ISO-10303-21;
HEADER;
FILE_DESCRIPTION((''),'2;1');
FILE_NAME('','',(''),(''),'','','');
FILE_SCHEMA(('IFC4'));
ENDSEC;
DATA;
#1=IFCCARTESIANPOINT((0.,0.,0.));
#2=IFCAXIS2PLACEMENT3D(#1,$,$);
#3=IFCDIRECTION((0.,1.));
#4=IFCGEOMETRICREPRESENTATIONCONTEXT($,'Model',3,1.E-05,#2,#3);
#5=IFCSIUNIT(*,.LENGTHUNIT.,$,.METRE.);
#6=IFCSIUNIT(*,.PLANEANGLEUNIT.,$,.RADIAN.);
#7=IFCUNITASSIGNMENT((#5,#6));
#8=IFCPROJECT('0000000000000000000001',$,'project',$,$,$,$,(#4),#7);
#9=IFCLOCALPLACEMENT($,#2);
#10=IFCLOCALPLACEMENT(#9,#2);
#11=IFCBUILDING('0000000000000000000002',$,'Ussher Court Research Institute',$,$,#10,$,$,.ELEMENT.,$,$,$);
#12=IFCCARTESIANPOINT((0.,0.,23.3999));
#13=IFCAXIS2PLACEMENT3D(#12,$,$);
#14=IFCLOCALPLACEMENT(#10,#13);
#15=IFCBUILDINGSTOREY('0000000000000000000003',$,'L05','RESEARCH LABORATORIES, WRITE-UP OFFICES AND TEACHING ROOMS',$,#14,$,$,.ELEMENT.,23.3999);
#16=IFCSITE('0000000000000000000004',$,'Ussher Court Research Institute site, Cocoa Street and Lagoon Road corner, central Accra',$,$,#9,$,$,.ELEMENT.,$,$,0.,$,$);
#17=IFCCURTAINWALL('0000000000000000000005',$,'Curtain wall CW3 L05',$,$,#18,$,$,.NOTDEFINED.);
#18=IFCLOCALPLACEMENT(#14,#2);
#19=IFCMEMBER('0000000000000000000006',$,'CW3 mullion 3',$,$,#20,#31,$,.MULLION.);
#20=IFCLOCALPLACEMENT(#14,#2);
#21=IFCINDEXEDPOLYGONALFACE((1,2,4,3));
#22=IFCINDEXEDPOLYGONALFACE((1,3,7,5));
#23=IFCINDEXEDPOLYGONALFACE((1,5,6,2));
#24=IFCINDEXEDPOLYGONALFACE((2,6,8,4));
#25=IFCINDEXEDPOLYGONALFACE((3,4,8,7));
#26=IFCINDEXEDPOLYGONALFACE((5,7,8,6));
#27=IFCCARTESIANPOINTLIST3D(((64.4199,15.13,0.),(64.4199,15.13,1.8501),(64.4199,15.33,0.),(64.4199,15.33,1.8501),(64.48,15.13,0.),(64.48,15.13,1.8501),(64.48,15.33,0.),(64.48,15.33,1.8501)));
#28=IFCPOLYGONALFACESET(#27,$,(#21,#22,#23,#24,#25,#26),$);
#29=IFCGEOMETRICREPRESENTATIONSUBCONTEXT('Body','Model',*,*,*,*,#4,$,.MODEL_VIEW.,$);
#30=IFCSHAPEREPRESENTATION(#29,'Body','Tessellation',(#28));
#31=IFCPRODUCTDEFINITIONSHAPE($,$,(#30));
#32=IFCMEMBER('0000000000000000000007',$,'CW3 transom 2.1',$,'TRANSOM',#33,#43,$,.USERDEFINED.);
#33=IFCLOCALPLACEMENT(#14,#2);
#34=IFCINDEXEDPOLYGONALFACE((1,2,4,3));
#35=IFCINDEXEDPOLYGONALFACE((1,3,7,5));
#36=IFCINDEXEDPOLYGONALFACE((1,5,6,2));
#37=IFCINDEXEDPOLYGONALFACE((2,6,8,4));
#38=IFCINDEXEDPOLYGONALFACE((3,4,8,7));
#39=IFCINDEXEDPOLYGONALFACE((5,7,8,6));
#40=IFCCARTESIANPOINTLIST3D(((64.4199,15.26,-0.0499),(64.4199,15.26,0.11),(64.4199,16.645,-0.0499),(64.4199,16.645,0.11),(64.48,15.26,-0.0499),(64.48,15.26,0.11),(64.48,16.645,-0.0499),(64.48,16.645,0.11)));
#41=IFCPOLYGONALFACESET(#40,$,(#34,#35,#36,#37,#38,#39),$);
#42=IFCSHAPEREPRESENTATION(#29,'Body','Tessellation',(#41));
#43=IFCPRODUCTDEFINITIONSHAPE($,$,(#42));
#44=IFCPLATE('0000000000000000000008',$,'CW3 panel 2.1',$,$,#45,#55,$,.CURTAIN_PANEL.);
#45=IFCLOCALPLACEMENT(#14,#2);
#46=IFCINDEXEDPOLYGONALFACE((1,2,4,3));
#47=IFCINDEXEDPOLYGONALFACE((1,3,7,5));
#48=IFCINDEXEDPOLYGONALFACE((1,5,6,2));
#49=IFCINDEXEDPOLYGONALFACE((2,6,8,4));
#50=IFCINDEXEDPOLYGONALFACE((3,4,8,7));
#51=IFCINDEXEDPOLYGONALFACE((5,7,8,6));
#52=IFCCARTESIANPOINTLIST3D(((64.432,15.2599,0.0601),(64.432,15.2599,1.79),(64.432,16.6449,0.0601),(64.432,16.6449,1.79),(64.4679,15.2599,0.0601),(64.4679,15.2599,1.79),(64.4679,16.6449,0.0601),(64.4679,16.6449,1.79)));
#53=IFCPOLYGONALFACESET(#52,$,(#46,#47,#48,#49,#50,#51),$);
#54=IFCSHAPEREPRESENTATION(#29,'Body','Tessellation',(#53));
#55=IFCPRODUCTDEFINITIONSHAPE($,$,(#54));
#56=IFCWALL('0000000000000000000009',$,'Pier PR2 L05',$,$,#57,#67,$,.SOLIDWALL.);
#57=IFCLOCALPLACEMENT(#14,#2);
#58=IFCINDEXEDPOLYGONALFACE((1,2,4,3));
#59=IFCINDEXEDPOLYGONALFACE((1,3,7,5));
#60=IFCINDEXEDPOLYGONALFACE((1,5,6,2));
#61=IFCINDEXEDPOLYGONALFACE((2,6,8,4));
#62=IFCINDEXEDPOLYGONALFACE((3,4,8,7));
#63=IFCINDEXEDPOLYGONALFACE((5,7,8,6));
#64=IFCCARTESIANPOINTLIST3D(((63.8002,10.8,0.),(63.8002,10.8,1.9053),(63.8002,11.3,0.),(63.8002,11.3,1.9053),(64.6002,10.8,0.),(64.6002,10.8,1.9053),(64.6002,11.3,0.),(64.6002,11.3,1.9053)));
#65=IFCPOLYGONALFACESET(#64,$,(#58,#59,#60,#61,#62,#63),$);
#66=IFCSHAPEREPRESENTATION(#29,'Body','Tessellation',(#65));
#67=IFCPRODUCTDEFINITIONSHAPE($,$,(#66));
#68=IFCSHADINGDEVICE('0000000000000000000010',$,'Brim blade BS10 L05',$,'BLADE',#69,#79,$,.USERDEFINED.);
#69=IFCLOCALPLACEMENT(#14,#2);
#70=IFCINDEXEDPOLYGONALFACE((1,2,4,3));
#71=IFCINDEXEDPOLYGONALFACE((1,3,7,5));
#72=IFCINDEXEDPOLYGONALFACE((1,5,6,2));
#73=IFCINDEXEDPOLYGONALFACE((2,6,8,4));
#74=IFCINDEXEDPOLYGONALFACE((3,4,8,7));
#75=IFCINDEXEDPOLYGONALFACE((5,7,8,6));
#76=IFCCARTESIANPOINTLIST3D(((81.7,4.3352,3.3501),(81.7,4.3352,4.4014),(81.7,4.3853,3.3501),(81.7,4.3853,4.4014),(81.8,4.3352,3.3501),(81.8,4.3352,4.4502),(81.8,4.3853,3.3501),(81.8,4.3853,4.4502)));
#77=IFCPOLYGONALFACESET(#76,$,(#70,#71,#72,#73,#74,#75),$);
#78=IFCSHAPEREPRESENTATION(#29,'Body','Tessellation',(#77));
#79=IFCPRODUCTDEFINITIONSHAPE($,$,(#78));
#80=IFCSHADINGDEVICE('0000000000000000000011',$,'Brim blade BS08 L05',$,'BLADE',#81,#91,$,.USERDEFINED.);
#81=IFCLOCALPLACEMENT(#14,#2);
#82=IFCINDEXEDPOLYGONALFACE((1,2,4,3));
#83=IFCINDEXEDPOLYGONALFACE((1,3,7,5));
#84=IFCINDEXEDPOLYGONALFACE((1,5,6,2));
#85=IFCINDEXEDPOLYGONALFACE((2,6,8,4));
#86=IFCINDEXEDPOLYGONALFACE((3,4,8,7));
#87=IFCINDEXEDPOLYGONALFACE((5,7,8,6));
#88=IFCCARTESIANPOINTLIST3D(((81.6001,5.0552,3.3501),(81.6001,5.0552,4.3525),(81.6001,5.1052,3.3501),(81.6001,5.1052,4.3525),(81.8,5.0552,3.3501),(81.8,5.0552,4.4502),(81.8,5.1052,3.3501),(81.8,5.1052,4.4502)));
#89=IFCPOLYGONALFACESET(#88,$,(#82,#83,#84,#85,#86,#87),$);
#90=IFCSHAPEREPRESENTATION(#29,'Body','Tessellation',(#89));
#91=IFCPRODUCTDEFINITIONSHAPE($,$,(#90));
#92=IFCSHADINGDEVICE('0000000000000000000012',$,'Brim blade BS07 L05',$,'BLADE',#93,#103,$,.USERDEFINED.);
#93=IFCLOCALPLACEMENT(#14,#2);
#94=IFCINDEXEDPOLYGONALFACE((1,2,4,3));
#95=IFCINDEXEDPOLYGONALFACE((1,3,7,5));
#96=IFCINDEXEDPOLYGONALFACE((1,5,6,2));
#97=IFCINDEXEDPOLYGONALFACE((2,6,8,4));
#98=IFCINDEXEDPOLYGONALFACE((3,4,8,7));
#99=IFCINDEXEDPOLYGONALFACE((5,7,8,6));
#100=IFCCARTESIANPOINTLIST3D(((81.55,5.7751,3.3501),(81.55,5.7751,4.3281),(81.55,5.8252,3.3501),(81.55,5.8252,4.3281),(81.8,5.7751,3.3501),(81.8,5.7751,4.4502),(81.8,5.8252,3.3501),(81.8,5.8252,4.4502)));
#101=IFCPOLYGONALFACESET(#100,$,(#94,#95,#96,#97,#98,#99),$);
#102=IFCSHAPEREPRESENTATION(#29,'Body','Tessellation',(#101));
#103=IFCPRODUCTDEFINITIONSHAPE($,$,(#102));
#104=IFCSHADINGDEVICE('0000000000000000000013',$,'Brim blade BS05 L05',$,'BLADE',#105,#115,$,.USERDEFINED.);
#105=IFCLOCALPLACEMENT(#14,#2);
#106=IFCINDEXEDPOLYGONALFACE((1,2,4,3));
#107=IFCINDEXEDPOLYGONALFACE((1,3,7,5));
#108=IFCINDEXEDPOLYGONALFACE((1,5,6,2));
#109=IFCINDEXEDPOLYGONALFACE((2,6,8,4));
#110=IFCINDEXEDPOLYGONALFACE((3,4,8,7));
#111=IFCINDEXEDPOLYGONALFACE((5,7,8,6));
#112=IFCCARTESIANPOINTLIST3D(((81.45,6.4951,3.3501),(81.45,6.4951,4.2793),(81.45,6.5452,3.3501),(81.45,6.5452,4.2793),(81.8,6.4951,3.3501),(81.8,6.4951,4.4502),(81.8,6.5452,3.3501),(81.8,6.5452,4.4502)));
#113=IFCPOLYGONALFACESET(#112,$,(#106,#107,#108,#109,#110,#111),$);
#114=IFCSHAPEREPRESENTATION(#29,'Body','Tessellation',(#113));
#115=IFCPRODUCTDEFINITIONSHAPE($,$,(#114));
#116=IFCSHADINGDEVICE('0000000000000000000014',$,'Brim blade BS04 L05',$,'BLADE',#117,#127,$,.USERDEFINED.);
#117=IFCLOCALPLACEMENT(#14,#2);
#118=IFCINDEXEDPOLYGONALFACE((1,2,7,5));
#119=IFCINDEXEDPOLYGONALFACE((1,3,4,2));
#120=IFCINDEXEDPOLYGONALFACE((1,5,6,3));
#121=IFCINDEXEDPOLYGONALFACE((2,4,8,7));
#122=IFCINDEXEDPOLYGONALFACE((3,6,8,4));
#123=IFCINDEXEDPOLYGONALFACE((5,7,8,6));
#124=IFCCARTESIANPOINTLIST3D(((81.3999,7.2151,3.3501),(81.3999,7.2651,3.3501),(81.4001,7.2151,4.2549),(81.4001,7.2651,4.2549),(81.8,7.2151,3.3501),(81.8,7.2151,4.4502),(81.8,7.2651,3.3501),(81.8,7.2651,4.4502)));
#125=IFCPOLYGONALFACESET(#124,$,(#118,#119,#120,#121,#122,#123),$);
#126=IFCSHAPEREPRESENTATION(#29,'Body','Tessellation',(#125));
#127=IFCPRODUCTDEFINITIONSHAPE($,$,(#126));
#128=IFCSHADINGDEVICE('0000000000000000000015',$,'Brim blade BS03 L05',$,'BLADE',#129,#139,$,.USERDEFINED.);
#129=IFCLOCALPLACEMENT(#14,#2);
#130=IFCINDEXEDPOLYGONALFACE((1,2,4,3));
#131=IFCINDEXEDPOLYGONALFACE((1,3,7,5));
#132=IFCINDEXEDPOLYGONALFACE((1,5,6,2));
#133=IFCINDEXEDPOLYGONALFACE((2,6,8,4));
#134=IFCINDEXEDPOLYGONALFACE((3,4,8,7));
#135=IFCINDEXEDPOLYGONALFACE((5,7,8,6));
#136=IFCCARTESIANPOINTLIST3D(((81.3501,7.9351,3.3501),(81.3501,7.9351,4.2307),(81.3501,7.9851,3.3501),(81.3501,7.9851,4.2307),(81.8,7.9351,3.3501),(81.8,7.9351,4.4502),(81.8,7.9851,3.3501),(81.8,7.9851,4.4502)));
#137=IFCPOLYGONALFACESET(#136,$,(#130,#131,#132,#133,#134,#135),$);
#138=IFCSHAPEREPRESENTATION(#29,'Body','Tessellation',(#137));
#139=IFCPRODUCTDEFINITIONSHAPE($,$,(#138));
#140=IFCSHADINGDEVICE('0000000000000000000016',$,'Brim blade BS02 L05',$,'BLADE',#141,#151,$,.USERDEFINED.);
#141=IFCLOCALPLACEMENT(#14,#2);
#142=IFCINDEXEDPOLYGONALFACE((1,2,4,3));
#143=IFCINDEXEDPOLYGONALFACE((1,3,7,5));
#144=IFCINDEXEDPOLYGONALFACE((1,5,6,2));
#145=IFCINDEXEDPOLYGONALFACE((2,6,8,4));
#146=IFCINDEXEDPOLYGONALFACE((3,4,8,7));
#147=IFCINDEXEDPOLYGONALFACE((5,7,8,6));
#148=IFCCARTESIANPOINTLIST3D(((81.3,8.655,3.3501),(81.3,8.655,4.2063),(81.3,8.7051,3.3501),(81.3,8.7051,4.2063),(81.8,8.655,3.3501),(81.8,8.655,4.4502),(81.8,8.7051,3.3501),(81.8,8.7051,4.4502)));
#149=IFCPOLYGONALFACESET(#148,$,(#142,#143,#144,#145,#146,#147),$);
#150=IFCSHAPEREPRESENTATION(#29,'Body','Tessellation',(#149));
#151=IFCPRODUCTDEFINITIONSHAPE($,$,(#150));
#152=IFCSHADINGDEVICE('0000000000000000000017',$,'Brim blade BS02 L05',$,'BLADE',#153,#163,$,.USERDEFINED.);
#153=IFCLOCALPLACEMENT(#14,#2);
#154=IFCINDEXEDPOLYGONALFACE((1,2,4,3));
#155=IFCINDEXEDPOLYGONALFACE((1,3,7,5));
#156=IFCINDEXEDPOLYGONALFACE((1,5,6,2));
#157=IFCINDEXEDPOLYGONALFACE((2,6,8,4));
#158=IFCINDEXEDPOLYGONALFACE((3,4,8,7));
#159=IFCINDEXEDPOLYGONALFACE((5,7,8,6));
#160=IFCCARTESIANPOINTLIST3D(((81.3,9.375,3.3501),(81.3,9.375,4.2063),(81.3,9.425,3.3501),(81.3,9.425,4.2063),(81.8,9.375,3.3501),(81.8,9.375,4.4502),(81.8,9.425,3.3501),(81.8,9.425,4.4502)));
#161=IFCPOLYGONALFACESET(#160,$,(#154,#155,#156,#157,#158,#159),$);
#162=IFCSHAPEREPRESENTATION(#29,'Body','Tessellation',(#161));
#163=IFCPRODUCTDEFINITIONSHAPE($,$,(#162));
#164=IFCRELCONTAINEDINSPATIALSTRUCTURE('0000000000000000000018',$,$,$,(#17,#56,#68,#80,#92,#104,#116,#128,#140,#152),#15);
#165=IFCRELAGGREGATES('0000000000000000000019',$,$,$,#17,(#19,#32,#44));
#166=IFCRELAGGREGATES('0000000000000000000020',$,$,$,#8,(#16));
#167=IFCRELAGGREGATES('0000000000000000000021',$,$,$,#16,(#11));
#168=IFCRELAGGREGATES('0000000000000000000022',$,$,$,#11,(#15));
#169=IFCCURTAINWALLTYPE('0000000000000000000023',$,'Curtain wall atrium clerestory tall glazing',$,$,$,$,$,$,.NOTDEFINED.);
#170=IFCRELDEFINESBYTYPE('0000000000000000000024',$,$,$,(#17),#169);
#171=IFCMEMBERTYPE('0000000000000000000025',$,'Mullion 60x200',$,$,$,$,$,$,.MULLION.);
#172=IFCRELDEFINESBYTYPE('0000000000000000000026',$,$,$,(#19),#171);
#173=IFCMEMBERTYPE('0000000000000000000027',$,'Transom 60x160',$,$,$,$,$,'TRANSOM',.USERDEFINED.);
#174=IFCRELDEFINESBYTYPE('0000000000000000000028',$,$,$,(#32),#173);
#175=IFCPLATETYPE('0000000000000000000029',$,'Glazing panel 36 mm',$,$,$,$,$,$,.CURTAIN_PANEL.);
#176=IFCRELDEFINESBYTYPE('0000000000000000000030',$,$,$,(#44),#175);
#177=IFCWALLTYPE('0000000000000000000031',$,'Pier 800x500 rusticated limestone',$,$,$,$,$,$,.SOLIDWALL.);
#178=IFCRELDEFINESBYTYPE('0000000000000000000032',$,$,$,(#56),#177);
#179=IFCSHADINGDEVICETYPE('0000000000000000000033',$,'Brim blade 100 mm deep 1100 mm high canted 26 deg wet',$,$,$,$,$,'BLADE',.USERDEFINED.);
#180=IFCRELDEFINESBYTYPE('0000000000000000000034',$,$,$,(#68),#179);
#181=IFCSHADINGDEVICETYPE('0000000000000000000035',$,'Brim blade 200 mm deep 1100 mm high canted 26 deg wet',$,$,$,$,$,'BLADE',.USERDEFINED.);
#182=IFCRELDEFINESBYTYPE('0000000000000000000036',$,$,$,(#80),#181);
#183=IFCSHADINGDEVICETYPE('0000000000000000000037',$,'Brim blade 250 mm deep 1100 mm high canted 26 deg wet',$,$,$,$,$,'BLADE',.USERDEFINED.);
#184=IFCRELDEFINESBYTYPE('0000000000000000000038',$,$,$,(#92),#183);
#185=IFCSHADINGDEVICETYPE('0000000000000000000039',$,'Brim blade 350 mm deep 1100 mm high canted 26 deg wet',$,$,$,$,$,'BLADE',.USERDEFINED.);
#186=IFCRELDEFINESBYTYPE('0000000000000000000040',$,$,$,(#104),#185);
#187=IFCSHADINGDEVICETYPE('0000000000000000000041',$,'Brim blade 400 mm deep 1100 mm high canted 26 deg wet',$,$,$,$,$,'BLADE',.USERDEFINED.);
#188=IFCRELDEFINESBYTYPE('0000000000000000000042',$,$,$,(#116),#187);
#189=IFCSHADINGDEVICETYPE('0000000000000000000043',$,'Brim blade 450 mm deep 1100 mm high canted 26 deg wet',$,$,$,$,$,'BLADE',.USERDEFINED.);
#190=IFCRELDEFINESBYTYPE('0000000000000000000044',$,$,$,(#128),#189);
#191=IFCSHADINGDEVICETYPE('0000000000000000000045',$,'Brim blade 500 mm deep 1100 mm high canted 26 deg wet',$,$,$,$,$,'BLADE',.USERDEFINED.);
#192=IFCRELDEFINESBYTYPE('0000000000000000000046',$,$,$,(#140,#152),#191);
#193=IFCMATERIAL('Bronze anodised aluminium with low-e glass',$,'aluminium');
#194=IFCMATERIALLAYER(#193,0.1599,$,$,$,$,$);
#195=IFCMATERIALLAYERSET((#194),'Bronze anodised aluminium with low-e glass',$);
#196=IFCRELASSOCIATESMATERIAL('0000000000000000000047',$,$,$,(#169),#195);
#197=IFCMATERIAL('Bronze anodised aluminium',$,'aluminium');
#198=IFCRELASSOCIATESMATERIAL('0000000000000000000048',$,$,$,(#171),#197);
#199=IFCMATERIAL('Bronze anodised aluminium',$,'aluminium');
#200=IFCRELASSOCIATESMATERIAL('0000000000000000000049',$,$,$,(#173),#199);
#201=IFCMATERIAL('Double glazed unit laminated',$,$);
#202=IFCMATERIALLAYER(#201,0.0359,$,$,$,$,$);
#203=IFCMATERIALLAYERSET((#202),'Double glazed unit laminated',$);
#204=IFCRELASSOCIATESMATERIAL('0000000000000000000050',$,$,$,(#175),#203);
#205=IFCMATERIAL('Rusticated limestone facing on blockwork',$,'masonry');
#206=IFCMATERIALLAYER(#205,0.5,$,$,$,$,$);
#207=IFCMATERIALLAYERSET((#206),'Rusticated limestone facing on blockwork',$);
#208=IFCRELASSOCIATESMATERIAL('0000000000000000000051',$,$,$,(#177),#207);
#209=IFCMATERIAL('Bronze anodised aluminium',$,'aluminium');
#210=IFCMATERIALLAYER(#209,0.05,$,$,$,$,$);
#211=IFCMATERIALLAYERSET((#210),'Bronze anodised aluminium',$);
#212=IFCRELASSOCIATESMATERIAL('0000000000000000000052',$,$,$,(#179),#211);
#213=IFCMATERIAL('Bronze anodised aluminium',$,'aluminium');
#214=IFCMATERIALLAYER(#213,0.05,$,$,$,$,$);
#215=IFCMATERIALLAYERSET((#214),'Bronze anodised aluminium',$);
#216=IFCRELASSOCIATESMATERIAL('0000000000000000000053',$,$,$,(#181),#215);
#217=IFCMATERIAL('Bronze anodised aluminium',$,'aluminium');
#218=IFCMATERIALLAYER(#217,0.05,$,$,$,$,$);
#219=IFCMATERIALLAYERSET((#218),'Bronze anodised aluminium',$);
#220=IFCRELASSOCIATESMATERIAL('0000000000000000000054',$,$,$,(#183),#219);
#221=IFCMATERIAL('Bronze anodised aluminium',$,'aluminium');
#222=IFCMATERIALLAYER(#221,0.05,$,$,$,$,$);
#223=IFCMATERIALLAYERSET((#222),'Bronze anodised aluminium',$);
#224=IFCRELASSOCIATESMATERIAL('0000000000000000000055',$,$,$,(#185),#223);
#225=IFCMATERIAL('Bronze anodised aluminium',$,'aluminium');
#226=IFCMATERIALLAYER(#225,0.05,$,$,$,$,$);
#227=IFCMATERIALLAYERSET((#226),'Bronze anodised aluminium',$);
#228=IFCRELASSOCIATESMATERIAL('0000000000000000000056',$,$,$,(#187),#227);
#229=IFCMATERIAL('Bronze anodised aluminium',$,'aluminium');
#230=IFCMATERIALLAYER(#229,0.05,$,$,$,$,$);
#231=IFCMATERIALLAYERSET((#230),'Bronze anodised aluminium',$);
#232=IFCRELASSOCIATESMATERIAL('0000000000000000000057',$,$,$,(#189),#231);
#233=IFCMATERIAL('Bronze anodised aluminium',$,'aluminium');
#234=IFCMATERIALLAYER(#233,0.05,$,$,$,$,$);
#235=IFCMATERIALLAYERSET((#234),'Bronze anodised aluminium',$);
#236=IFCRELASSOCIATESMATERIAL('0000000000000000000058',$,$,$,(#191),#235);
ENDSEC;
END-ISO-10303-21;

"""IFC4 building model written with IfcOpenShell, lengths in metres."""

from ifc_helpers import new_model, si_unit, direction, frame, frame_2d, origin, origin_2d, place, context, subcontext, project, spatial, polyline, rectangle, outline, extrude, material, layer, layer_set, material_profile, profile_set, type_object, element, aggregate, save


model = new_model("IFC4")

# Units and contexts
model_context = context("Model", 3, precision=1e-05, world=origin(), true_north=direction((0.0, 1.0)))
body_context = subcontext(model_context, "Body", "Model", "MODEL_VIEW")
ifc_project = project(units=[si_unit("LENGTHUNIT", "METRE"), si_unit("PLANEANGLEUNIT", "RADIAN")], contexts=[model_context])

# Site, building, storey
site_placement = place(None, origin())
site = spatial("IfcSite", under=ifc_project, at=site_placement, Name="Ussher Court Research Institute site, Cocoa Street and Lagoon Road corner, central Accra", CompositionType="ELEMENT", RefElevation=0.0)
building_placement = place(site_placement, origin())
building = spatial("IfcBuilding", under=site, at=building_placement, Name="Ussher Court Research Institute", CompositionType="ELEMENT")
storey_placement = place(building_placement, frame((0.0, 0.0, 23.3999)))
storey = spatial("IfcBuildingStorey", under=building, at=storey_placement, Name="L05", Description="RESEARCH LABORATORIES, WRITE-UP OFFICES AND TEACHING ROOMS", CompositionType="ELEMENT", Elevation=23.3999)

# Curtain wall, members, plate
ifc_material_1 = material(Name="Bronze anodised aluminium with low-e glass", Category="aluminium")
ifc_layer_1 = layer(ifc_material_1, 0.1599)
ifc_layer_set_1 = layer_set([ifc_layer_1], Name="Bronze anodised aluminium with low-e glass")
curtain_wall_type = type_object("IfcCurtainWallType", Name="Curtain wall atrium clerestory tall glazing", PredefinedType="NOTDEFINED", material=ifc_layer_set_1)
curtain_wall_placement = place(storey_placement, origin())
curtain_wall = element("IfcCurtainWall", 1, at=curtain_wall_placement, inside=storey, type_object=curtain_wall_type, Name="Curtain wall CW3 L05", PredefinedType="NOTDEFINED")
ifc_material_2 = material(Name="Bronze anodised aluminium", Category="aluminium")
ifc_material_profile_1 = material_profile(ifc_material_2, rectangle(XDim=0.0601, YDim=0.2, at=origin_2d()), Name="Mullion 60x200")
ifc_profile_set_1 = profile_set([ifc_material_profile_1], Name="Bronze anodised aluminium")
member_type_1 = type_object("IfcMemberType", Name="Mullion 60x200", PredefinedType="MULLION", material=ifc_profile_set_1)
member_1_placement = place(storey_placement, frame((64.45, 15.23, 0.0), z_axis=(0.0, 0.0, 1.0), x_axis=(1.0, 0.0, 0.0)))
member_1 = element("IfcMember", 2, at=member_1_placement, type_object=member_type_1, Name="CW3 mullion 3", PredefinedType="MULLION", context=body_context, shape_type="SweptSolid", body=[
    extrude(rectangle(XDim=0.0601, YDim=0.2, at=origin_2d()), origin(), (0.0, 0.0, 1.0), 1.8501),
])
ifc_material_3 = material(Name="Bronze anodised aluminium", Category="aluminium")
ifc_material_profile_2 = material_profile(ifc_material_3, rectangle(XDim=0.0601, YDim=0.1599, at=origin_2d()), Name="Transom 60x160")
ifc_profile_set_2 = profile_set([ifc_material_profile_2], Name="Bronze anodised aluminium")
member_type_2 = type_object("IfcMemberType", Name="Transom 60x160", ElementType="TRANSOM", PredefinedType="USERDEFINED", material=ifc_profile_set_2)
member_2_placement = place(storey_placement, frame((64.45, 16.645, 0.03), z_axis=(0.0, -1.0, 0.0), x_axis=(1.0, 0.0, 0.0)))
member_2 = element("IfcMember", 3, at=member_2_placement, type_object=member_type_2, Name="CW3 transom 2.1", ObjectType="TRANSOM", PredefinedType="USERDEFINED", context=body_context, shape_type="SweptSolid", body=[
    extrude(rectangle(XDim=0.0601, YDim=0.1599, at=origin_2d()), origin(), (0.0, 0.0, 1.0), 1.385),
])
ifc_material_4 = material(Name="Double glazed unit laminated")
ifc_layer_2 = layer(ifc_material_4, 0.0359)
ifc_layer_set_2 = layer_set([ifc_layer_2], Name="Double glazed unit laminated")
plate_type = type_object("IfcPlateType", Name="Glazing panel 36 mm", PredefinedType="CURTAIN_PANEL", material=ifc_layer_set_2)
plate_placement = place(storey_placement, frame((64.45, 15.9524, 0.0601), z_axis=(0.0, 0.0, 1.0), x_axis=(0.0, -1.0, 0.0)))
plate = element("IfcPlate", 4, at=plate_placement, type_object=plate_type, Name="CW3 panel 2.1", PredefinedType="CURTAIN_PANEL", context=body_context, shape_type="SweptSolid", body=[
    extrude(rectangle(XDim=1.385, YDim=0.0359, at=origin_2d()), origin(), (0.0, 0.0, 1.0), 1.73),
])
aggregate(curtain_wall, [member_1, member_2, plate])

# Wall
ifc_material_5 = material(Name="Rusticated limestone facing on blockwork", Category="masonry")
ifc_layer_3 = layer(ifc_material_5, 0.5)
ifc_layer_set_3 = layer_set([ifc_layer_3], Name="Rusticated limestone facing on blockwork")
wall_type = type_object("IfcWallType", Name="Pier 800x500 rusticated limestone", PredefinedType="SOLIDWALL", material=ifc_layer_set_3)
wall_placement = place(storey_placement, frame((64.6001, 11.05, 0.0), z_axis=(0.0, 0.0, 1.0), x_axis=(-1.0, 0.0, 0.0)))
element("IfcWall", 5, at=wall_placement, inside=storey, type_object=wall_type, Name="Pier PR2 L05", PredefinedType="SOLIDWALL", context=body_context, shape_type="SweptSolid", body=[
    extrude(rectangle(XDim=0.8, YDim=0.5, at=frame_2d((0.3999, 0.0))), origin(), (0.0, 0.0, 1.0), 1.9053),
])

# Shading devices
ifc_material_6 = material(Name="Bronze anodised aluminium", Category="aluminium")
ifc_layer_4 = layer(ifc_material_6, 0.05)
ifc_layer_set_4 = layer_set([ifc_layer_4], Name="Bronze anodised aluminium")
shading_device_type_1 = type_object("IfcShadingDeviceType", Name="Brim blade 100 mm deep 1100 mm high canted 26 deg wet", ElementType="BLADE", PredefinedType="USERDEFINED", material=ifc_layer_set_4)
shading_device_1_placement = place(storey_placement, frame((81.8, 4.3601, 3.3501), z_axis=(0.0, 0.0, 1.0), x_axis=(-1.0, 0.0, 0.0)))
element("IfcShadingDevice", 6, at=shading_device_1_placement, inside=storey, type_object=shading_device_type_1, Name="Brim blade BS10 L05", ObjectType="BLADE", PredefinedType="USERDEFINED", context=body_context, shape_type="SweptSolid", body=[
    extrude(outline(polyline([(0.0, 0.0), (0.1001, 0.0), (0.1001, 1.0513), (0.0, 1.1001), (0.0, 0.0)])), frame((0.0, 0.0249, 0.0), z_axis=(0.0, -1.0, 0.0), x_axis=(1.0, 0.0, 0.0)), (0.0, 0.0, 1.0), 0.05),
])
ifc_material_7 = material(Name="Bronze anodised aluminium", Category="aluminium")
ifc_layer_5 = layer(ifc_material_7, 0.05)
ifc_layer_set_5 = layer_set([ifc_layer_5], Name="Bronze anodised aluminium")
shading_device_type_2 = type_object("IfcShadingDeviceType", Name="Brim blade 200 mm deep 1100 mm high canted 26 deg wet", ElementType="BLADE", PredefinedType="USERDEFINED", material=ifc_layer_set_5)
shading_device_2_placement = place(storey_placement, frame((81.8, 5.0801, 3.3501), z_axis=(0.0, 0.0, 1.0), x_axis=(-1.0, 0.0, 0.0)))
element("IfcShadingDevice", 7, at=shading_device_2_placement, inside=storey, type_object=shading_device_type_2, Name="Brim blade BS08 L05", ObjectType="BLADE", PredefinedType="USERDEFINED", context=body_context, shape_type="SweptSolid", body=[
    extrude(outline(polyline([(0.0, 0.0), (0.2, 0.0), (0.2, 1.0024), (0.0, 1.1001), (0.0, 0.0)])), frame((0.0, 0.0249, 0.0), z_axis=(0.0, -1.0, 0.0), x_axis=(1.0, 0.0, 0.0)), (0.0, 0.0, 1.0), 0.05),
])
ifc_material_8 = material(Name="Bronze anodised aluminium", Category="aluminium")
ifc_layer_6 = layer(ifc_material_8, 0.05)
ifc_layer_set_6 = layer_set([ifc_layer_6], Name="Bronze anodised aluminium")
shading_device_type_3 = type_object("IfcShadingDeviceType", Name="Brim blade 250 mm deep 1100 mm high canted 26 deg wet", ElementType="BLADE", PredefinedType="USERDEFINED", material=ifc_layer_set_6)
shading_device_3_placement = place(storey_placement, frame((81.8, 5.8, 3.3501), z_axis=(0.0, 0.0, 1.0), x_axis=(-1.0, 0.0, 0.0)))
element("IfcShadingDevice", 8, at=shading_device_3_placement, inside=storey, type_object=shading_device_type_3, Name="Brim blade BS07 L05", ObjectType="BLADE", PredefinedType="USERDEFINED", context=body_context, shape_type="SweptSolid", body=[
    extrude(outline(polyline([(0.0, 0.0), (0.25, 0.0), (0.25, 0.978), (0.0, 1.1001), (0.0, 0.0)])), frame((0.0, 0.0249, 0.0), z_axis=(0.0, -1.0, 0.0), x_axis=(1.0, 0.0, 0.0)), (0.0, 0.0, 1.0), 0.05),
])
ifc_material_9 = material(Name="Bronze anodised aluminium", Category="aluminium")
ifc_layer_7 = layer(ifc_material_9, 0.05)
ifc_layer_set_7 = layer_set([ifc_layer_7], Name="Bronze anodised aluminium")
shading_device_type_4 = type_object("IfcShadingDeviceType", Name="Brim blade 350 mm deep 1100 mm high canted 26 deg wet", ElementType="BLADE", PredefinedType="USERDEFINED", material=ifc_layer_set_7)
shading_device_4_placement = place(storey_placement, frame((81.8, 6.52, 3.3501), z_axis=(0.0, 0.0, 1.0), x_axis=(-1.0, 0.0, 0.0)))
element("IfcShadingDevice", 9, at=shading_device_4_placement, inside=storey, type_object=shading_device_type_4, Name="Brim blade BS05 L05", ObjectType="BLADE", PredefinedType="USERDEFINED", context=body_context, shape_type="SweptSolid", body=[
    extrude(outline(polyline([(0.0, 0.0), (0.3501, 0.0), (0.3501, 0.9292), (0.0, 1.1001), (0.0, 0.0)])), frame((0.0, 0.0249, 0.0), z_axis=(0.0, -1.0, 0.0), x_axis=(1.0, 0.0, 0.0)), (0.0, 0.0, 1.0), 0.05),
])
ifc_material_10 = material(Name="Bronze anodised aluminium", Category="aluminium")
ifc_layer_8 = layer(ifc_material_10, 0.05)
ifc_layer_set_8 = layer_set([ifc_layer_8], Name="Bronze anodised aluminium")
shading_device_type_5 = type_object("IfcShadingDeviceType", Name="Brim blade 400 mm deep 1100 mm high canted 26 deg wet", ElementType="BLADE", PredefinedType="USERDEFINED", material=ifc_layer_set_8)
shading_device_5_placement = place(storey_placement, frame((81.8, 7.24, 3.3501), z_axis=(0.0, 0.0, 1.0), x_axis=(-1.0, 0.0, 0.0)))
element("IfcShadingDevice", 10, at=shading_device_5_placement, inside=storey, type_object=shading_device_type_5, Name="Brim blade BS04 L05", ObjectType="BLADE", PredefinedType="USERDEFINED", context=body_context, shape_type="SweptSolid", body=[
    extrude(outline(polyline([(0.0, 0.0), (0.4001, 0.0), (0.3999, 0.9048), (0.0, 1.1001), (0.0, 0.0)])), frame((0.0, 0.0249, 0.0), z_axis=(0.0, -1.0, 0.0), x_axis=(1.0, 0.0, 0.0)), (0.0, 0.0, 1.0), 0.05),
])
ifc_material_11 = material(Name="Bronze anodised aluminium", Category="aluminium")
ifc_layer_9 = layer(ifc_material_11, 0.05)
ifc_layer_set_9 = layer_set([ifc_layer_9], Name="Bronze anodised aluminium")
shading_device_type_6 = type_object("IfcShadingDeviceType", Name="Brim blade 450 mm deep 1100 mm high canted 26 deg wet", ElementType="BLADE", PredefinedType="USERDEFINED", material=ifc_layer_set_9)
shading_device_6_placement = place(storey_placement, frame((81.8, 7.96, 3.3501), z_axis=(0.0, 0.0, 1.0), x_axis=(-1.0, 0.0, 0.0)))
element("IfcShadingDevice", 11, at=shading_device_6_placement, inside=storey, type_object=shading_device_type_6, Name="Brim blade BS03 L05", ObjectType="BLADE", PredefinedType="USERDEFINED", context=body_context, shape_type="SweptSolid", body=[
    extrude(outline(polyline([(0.0, 0.0), (0.45, 0.0), (0.45, 0.8806), (0.0, 1.1001), (0.0, 0.0)])), frame((0.0, 0.0249, 0.0), z_axis=(0.0, -1.0, 0.0), x_axis=(1.0, 0.0, 0.0)), (0.0, 0.0, 1.0), 0.05),
])
ifc_material_12 = material(Name="Bronze anodised aluminium", Category="aluminium")
ifc_layer_10 = layer(ifc_material_12, 0.05)
ifc_layer_set_10 = layer_set([ifc_layer_10], Name="Bronze anodised aluminium")
shading_device_type_7 = type_object("IfcShadingDeviceType", Name="Brim blade 500 mm deep 1100 mm high canted 26 deg wet", ElementType="BLADE", PredefinedType="USERDEFINED", material=ifc_layer_set_10)
for number, where, z_axis, x_axis, name in (
    (12, (81.8, 8.6799, 3.3501), (0.0, 0.0, 1.0), (-1.0, 0.0, 0.0), "Brim blade BS02 L05"),
    (13, (81.8, 9.3999, 3.3501), (0.0, 0.0, 1.0), (-1.0, 0.0, 0.0), "Brim blade BS02 L05"),
):
    element("IfcShadingDevice", number, at=place(storey_placement, frame(where, z_axis=z_axis, x_axis=x_axis)), inside=storey, type_object=shading_device_type_7, Name=name, ObjectType="BLADE", PredefinedType="USERDEFINED", context=body_context, shape_type="SweptSolid", body=[
        extrude(outline(polyline([(0.0, 0.0), (0.5, 0.0), (0.5, 0.8562), (0.0, 1.1001), (0.0, 0.0)])), frame((0.0, 0.0249, 0.0), z_axis=(0.0, -1.0, 0.0), x_axis=(1.0, 0.0, 0.0)), (0.0, 0.0, 1.0), 0.05),
    ])

save(model, "model.ifc")
